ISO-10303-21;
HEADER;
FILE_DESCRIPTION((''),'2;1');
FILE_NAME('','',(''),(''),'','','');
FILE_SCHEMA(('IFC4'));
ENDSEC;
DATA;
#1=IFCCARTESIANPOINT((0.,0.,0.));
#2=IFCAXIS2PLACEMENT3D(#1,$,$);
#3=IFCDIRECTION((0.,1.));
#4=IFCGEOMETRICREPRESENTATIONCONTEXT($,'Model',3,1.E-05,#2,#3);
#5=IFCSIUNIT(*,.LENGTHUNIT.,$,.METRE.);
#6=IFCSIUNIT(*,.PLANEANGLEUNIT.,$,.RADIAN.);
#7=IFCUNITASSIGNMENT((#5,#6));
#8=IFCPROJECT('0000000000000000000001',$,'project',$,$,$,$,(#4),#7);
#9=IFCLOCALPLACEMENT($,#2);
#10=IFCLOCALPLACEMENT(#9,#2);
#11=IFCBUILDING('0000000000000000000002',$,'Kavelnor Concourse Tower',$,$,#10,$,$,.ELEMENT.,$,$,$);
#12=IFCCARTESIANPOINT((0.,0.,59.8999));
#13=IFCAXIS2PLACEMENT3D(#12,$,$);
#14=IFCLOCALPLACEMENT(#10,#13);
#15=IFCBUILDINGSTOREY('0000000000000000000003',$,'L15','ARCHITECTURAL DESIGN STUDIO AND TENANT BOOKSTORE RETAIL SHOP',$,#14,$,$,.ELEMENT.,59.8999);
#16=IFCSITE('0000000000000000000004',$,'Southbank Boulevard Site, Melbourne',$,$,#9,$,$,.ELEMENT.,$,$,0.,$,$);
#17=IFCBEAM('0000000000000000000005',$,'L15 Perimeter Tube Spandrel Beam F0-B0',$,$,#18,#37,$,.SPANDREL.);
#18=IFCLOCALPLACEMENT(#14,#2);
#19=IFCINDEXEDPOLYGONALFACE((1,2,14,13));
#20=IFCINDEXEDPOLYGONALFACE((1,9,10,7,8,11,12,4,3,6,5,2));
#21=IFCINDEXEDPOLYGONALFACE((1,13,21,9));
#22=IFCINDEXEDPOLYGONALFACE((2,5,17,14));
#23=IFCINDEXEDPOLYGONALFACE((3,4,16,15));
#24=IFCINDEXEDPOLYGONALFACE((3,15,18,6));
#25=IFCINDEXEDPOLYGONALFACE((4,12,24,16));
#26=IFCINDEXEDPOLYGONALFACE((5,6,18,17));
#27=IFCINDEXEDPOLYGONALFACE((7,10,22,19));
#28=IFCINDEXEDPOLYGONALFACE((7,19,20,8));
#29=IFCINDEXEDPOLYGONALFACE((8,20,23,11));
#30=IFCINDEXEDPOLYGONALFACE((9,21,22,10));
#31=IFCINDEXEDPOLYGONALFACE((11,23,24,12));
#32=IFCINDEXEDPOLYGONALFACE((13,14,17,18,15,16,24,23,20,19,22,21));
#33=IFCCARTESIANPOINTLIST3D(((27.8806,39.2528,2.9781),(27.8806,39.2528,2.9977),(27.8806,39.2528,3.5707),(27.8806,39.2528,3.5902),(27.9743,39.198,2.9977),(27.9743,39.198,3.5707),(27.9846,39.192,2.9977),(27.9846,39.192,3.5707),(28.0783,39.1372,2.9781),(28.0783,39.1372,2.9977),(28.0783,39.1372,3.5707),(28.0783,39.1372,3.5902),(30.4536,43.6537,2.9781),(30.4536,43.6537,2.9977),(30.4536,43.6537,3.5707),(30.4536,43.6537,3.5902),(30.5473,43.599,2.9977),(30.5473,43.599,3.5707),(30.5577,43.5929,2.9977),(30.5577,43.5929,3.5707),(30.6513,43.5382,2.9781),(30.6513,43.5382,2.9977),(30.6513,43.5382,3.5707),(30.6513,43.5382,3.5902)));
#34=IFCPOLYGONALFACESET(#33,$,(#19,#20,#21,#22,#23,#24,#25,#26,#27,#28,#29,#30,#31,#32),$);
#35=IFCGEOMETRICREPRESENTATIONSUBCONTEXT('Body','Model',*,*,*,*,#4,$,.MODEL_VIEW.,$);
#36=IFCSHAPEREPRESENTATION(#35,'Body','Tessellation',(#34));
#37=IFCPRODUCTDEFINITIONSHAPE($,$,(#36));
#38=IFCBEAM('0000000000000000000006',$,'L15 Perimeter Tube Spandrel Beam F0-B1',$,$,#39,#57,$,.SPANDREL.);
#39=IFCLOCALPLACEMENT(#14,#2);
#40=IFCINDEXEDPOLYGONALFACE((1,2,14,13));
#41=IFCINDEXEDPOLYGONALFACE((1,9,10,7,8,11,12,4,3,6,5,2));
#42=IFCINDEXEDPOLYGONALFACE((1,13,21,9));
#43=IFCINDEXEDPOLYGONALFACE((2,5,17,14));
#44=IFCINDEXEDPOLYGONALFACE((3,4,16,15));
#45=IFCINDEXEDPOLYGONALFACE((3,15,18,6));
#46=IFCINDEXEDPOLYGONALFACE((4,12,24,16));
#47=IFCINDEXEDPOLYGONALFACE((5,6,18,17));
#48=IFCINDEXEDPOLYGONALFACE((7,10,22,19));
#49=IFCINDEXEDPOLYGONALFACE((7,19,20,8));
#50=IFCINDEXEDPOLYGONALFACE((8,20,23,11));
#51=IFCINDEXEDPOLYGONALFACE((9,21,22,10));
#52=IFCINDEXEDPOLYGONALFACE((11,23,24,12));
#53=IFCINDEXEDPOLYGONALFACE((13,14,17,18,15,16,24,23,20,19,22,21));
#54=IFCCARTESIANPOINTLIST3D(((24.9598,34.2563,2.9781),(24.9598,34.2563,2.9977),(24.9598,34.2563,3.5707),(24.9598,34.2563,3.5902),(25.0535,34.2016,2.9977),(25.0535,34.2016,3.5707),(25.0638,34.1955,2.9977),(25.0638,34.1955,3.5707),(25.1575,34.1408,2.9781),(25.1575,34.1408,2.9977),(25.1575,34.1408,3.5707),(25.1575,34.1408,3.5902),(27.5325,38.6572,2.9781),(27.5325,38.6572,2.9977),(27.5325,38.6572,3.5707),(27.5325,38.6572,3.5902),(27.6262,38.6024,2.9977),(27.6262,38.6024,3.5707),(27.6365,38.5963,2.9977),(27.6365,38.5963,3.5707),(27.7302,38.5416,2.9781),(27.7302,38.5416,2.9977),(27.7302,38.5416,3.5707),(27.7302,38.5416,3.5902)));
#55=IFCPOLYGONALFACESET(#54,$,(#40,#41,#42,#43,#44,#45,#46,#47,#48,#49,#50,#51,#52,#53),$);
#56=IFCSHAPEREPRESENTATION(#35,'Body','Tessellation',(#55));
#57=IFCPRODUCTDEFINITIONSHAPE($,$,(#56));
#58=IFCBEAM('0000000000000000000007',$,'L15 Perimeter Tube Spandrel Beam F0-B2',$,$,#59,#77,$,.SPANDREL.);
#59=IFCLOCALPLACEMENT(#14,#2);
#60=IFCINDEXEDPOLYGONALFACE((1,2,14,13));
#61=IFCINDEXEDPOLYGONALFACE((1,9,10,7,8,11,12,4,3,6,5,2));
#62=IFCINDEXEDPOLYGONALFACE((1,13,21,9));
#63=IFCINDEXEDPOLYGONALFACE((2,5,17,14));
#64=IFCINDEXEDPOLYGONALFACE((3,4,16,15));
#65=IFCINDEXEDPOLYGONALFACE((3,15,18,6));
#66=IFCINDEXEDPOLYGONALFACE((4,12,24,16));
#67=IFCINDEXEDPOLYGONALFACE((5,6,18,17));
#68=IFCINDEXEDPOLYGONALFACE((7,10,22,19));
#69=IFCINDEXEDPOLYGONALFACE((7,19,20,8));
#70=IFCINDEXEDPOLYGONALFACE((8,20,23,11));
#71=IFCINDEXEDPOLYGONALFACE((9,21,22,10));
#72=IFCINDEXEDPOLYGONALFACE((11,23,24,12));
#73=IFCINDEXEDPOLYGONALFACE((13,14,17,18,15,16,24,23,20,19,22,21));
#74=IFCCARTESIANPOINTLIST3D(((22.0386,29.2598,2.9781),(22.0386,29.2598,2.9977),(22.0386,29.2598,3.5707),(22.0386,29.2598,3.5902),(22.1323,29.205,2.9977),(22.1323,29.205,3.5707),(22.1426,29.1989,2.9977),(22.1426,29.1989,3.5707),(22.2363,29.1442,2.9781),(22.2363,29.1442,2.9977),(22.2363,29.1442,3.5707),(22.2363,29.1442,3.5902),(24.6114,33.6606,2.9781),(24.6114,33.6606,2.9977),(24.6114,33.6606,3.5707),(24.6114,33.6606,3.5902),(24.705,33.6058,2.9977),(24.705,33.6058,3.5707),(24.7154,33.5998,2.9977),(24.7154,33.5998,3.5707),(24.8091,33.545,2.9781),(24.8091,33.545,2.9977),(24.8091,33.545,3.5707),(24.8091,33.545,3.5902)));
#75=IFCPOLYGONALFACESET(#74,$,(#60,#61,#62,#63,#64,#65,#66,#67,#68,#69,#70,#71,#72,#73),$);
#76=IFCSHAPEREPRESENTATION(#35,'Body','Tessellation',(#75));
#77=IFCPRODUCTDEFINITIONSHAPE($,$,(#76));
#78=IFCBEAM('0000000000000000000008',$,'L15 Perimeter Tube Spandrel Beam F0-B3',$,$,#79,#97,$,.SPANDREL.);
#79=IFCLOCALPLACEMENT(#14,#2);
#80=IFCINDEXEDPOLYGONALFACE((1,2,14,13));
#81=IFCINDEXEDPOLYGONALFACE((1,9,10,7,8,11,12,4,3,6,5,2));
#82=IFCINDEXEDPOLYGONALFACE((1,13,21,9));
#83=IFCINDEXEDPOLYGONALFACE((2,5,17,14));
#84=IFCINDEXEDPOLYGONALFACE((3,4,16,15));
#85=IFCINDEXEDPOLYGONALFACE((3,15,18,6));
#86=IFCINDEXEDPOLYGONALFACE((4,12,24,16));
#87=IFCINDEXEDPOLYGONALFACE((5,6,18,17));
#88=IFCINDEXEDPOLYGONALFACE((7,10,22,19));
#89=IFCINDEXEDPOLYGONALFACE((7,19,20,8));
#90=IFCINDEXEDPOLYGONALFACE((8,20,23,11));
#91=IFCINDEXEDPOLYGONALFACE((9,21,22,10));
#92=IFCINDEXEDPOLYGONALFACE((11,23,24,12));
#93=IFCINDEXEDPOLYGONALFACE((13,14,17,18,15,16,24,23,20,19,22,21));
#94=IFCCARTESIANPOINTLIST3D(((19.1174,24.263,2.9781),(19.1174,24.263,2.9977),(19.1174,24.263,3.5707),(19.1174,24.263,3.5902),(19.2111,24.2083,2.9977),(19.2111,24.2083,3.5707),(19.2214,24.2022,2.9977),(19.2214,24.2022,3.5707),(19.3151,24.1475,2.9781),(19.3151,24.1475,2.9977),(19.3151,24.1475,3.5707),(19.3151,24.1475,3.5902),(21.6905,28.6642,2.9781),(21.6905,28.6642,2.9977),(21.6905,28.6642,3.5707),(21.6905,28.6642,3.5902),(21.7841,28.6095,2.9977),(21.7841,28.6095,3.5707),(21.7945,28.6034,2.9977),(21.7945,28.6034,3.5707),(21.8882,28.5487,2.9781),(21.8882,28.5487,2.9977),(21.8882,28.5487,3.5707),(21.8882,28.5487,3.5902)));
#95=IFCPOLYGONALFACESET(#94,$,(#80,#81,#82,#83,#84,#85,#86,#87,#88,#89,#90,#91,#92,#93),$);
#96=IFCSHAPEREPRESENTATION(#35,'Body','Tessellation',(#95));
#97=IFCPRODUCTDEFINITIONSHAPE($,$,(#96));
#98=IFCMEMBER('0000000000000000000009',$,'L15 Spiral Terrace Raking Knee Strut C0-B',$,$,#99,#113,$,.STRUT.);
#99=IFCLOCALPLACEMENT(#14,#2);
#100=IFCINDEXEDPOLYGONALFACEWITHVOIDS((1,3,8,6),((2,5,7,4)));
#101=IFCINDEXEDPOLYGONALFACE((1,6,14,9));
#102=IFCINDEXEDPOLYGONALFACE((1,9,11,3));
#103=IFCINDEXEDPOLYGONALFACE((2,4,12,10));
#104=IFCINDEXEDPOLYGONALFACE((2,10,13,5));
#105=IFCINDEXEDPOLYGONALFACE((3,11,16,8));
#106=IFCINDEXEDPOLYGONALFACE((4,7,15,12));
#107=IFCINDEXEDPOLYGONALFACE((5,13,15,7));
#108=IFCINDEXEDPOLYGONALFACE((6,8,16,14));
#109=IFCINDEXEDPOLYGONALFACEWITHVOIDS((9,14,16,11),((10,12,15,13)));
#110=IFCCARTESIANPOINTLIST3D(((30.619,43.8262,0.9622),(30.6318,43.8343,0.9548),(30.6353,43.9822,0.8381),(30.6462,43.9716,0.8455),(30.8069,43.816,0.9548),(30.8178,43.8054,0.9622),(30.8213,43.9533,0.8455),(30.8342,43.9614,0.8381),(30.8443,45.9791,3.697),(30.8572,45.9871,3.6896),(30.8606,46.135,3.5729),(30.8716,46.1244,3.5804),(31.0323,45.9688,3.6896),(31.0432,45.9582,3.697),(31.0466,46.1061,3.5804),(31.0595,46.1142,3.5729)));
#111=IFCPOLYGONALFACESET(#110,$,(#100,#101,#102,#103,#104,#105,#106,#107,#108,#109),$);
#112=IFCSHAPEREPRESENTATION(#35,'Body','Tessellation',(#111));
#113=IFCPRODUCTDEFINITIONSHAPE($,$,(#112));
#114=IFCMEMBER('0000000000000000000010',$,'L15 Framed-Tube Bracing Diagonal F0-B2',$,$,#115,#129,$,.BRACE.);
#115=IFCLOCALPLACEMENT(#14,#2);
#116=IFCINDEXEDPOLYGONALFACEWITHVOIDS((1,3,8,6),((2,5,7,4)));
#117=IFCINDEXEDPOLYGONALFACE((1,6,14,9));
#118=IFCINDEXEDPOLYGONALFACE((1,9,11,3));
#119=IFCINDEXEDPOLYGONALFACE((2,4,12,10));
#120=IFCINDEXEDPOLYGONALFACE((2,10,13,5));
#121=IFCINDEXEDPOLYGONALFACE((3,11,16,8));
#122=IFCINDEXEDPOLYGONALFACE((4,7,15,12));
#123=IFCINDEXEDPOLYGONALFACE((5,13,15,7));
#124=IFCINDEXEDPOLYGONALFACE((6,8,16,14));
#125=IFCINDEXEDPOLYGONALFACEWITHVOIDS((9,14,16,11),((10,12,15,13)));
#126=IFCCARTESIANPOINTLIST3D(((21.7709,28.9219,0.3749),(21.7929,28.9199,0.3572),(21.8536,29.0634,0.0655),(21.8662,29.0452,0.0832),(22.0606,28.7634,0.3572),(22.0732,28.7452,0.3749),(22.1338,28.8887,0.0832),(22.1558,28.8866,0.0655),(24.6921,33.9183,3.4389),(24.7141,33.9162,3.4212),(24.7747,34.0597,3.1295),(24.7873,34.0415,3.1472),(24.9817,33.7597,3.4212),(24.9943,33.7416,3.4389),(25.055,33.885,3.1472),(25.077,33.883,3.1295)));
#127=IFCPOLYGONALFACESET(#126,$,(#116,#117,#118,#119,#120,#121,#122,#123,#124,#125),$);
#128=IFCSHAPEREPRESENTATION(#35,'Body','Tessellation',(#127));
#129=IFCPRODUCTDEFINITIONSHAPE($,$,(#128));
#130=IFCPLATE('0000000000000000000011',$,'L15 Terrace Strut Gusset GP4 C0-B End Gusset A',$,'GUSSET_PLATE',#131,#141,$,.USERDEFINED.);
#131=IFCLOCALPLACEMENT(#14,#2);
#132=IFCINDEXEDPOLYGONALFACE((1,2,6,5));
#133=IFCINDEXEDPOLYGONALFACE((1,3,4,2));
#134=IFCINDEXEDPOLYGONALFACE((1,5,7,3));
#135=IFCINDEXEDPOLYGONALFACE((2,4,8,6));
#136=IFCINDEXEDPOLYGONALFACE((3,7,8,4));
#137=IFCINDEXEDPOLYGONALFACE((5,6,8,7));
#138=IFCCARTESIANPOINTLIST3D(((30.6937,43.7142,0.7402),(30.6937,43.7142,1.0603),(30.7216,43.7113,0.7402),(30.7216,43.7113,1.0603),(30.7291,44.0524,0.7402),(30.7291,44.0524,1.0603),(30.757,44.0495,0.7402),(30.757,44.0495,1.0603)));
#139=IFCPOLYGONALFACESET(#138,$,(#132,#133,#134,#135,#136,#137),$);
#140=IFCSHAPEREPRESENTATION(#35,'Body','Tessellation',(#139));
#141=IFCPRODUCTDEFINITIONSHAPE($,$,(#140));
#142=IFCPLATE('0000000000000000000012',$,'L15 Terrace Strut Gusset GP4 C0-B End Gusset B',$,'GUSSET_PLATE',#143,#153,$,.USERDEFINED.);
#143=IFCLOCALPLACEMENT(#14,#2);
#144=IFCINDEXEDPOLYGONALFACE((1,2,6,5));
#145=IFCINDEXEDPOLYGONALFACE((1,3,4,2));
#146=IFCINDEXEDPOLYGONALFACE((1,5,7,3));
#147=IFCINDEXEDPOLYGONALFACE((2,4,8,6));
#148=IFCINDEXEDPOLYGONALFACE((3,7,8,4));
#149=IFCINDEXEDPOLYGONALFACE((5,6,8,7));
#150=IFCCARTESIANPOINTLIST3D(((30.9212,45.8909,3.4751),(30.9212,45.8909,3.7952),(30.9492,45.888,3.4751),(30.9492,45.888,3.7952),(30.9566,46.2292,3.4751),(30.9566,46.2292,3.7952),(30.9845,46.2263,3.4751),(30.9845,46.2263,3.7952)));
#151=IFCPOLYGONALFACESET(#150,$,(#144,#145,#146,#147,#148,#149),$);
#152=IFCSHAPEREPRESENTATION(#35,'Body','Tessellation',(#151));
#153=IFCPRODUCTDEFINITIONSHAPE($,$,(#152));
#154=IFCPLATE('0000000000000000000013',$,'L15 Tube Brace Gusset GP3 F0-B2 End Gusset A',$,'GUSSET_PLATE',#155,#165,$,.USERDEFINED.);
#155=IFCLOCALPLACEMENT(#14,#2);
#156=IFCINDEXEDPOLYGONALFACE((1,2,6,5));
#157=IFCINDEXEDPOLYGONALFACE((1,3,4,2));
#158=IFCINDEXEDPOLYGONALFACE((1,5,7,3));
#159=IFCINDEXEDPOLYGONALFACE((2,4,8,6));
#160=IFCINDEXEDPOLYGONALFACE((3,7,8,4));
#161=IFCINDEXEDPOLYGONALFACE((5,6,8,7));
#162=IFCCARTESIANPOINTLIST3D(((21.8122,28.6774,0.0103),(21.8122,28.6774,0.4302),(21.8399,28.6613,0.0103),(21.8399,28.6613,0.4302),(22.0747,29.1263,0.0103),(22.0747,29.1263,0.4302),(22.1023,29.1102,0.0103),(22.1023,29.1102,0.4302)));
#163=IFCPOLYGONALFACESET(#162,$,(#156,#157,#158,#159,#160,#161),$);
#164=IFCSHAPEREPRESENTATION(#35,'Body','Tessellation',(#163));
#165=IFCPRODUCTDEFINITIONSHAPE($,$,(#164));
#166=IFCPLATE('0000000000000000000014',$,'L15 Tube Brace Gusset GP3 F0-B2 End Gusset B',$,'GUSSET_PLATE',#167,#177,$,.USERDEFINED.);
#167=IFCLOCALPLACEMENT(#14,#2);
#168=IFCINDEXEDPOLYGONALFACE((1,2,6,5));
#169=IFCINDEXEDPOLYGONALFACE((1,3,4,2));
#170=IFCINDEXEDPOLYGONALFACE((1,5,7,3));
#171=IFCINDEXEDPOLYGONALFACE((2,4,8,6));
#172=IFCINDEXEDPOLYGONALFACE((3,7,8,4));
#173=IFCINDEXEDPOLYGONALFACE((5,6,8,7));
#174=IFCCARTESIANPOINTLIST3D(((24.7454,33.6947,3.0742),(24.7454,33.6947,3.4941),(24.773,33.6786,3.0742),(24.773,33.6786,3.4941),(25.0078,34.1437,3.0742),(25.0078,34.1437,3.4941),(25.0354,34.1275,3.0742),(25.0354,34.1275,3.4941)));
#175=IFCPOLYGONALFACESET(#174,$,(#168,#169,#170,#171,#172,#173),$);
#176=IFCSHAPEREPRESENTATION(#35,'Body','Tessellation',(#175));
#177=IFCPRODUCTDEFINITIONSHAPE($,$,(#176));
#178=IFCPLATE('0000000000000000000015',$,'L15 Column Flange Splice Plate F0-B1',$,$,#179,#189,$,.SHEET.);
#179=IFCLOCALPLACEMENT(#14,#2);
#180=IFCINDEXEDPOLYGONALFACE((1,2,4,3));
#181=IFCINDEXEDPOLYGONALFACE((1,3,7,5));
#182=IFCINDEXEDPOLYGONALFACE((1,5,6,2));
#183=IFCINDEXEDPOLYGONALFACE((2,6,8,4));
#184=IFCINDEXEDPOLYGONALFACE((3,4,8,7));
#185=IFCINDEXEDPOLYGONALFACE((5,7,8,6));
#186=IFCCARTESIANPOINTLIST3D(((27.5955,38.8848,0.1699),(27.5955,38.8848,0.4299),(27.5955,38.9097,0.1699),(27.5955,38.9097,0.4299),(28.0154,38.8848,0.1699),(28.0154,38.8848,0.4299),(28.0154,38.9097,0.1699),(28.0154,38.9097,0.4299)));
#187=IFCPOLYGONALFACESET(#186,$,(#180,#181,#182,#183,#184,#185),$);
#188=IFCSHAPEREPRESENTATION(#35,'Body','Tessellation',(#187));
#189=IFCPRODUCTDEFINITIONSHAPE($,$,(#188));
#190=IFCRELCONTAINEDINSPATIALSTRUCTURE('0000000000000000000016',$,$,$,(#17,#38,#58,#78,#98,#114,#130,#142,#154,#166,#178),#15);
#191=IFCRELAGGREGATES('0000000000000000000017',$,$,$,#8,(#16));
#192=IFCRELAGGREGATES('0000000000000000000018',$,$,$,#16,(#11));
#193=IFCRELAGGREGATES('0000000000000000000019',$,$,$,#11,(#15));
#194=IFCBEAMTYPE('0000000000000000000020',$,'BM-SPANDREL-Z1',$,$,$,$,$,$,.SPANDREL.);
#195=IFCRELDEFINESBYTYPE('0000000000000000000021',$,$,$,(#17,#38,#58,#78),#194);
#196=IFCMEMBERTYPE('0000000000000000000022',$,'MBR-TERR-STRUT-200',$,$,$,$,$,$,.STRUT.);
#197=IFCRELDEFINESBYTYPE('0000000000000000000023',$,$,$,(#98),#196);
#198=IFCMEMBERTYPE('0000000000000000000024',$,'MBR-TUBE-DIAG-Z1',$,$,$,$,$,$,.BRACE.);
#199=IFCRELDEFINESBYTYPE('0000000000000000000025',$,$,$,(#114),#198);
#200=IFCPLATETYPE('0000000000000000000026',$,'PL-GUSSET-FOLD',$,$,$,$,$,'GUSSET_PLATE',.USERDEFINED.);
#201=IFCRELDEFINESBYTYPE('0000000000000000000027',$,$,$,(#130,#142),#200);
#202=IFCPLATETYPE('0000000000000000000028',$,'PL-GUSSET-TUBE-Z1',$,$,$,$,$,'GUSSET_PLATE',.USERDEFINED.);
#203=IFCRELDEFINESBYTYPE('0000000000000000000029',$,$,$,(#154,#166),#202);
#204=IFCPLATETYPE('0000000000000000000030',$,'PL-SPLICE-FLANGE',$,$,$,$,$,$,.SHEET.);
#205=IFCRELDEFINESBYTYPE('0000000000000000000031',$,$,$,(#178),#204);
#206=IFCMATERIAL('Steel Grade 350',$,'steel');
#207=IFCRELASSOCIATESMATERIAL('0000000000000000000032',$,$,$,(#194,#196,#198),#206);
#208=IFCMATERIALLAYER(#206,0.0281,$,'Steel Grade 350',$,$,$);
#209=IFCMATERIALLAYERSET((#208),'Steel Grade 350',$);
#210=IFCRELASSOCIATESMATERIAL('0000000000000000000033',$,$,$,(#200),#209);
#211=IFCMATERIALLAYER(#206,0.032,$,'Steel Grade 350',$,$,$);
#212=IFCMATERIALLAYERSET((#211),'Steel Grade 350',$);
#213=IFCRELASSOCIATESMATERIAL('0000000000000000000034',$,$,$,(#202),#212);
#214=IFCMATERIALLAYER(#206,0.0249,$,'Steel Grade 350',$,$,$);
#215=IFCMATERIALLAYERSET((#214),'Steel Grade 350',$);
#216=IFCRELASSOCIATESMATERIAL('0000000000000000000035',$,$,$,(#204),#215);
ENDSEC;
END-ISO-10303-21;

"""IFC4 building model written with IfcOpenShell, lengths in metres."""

from ifc_helpers import new_model, si_unit, direction, frame, origin, origin_2d, place, context, subcontext, project, spatial, rectangle, hollow_rectangle, i_section, extrude, material, layer, layer_set, material_profile, profile_set, type_object, element, save


model = new_model("IFC4")

# Units and contexts
model_context = context("Model", 3, precision=1e-05, world=origin(), true_north=direction((0.0, 1.0)))
body_context = subcontext(model_context, "Body", "Model", "MODEL_VIEW")
ifc_project = project(units=[si_unit("LENGTHUNIT", "METRE"), si_unit("PLANEANGLEUNIT", "RADIAN")], contexts=[model_context])

# Site, building, storey
site_placement = place(None, origin())
site = spatial("IfcSite", under=ifc_project, at=site_placement, Name="Southbank Boulevard Site, Melbourne", CompositionType="ELEMENT", RefElevation=0.0)
building_placement = place(site_placement, origin())
building = spatial("IfcBuilding", under=site, at=building_placement, Name="Kavelnor Concourse Tower", CompositionType="ELEMENT")
storey_placement = place(building_placement, frame((0.0, 0.0, 59.8999)))
storey = spatial("IfcBuildingStorey", under=building, at=storey_placement, Name="L15", Description="ARCHITECTURAL DESIGN STUDIO AND TENANT BOOKSTORE RETAIL SHOP", CompositionType="ELEMENT", Elevation=59.8999)

# Shared definitions
ifc_material_1 = material(Name="Steel Grade 350", Category="steel")

# Beams
ifc_material_profile_1 = material_profile(ifc_material_1, i_section(OverallWidth=0.229, OverallDepth=0.6121, WebThickness=0.012, FlangeThickness=0.0195, at=origin_2d()), Name="610UB125")
ifc_profile_set_1 = profile_set([ifc_material_profile_1], Name="Steel Grade 350")
beam_type_1 = type_object("IfcBeamType", Name="BM-SPANDREL-Z1", PredefinedType="SPANDREL", material=ifc_profile_set_1)
beam_1_placement = place(storey_placement, frame((30.5525, 43.5959, 3.2842), z_axis=(-0.504722, -0.863282, 0.0), x_axis=(0.863282, -0.504722, 0.0)))
element("IfcBeam", 1, at=beam_1_placement, inside=storey, type_object=beam_type_1, Name="L15 Perimeter Tube Spandrel Beam F0-B0", PredefinedType="SPANDREL", context=body_context, shape_type="SweptSolid", body=[
    extrude(i_section(OverallWidth=0.229, OverallDepth=0.6121, WebThickness=0.012, FlangeThickness=0.0195, at=origin_2d()), origin(), (0.0, 0.0, 1.0), 5.0979),
])
for number, where, z_axis, x_axis, name in (
    (2, (27.6313, 38.5994, 3.2842), (-0.504687, -0.863303, 0.0), (0.863303, -0.504687, 0.0), "L15 Perimeter Tube Spandrel Beam F0-B1"),
    (3, (24.7102, 33.6028, 3.2842), (-0.504687, -0.863303, 0.0), (0.863303, -0.504687, 0.0), "L15 Perimeter Tube Spandrel Beam F0-B2"),
):
    element("IfcBeam", number, at=place(storey_placement, frame(where, z_axis=z_axis, x_axis=x_axis)), inside=storey, type_object=beam_type_1, Name=name, PredefinedType="SPANDREL", context=body_context, shape_type="SweptSolid", body=[
        extrude(i_section(OverallWidth=0.229, OverallDepth=0.6121, WebThickness=0.012, FlangeThickness=0.0195, at=origin_2d()), origin(), (0.0, 0.0, 1.0), 5.0977),
    ])
beam_2_placement = place(storey_placement, frame((21.7893, 28.6064, 3.2842), z_axis=(-0.504702, -0.863294, 0.0), x_axis=(0.863294, -0.504702, 0.0)))
element("IfcBeam", 4, at=beam_2_placement, inside=storey, type_object=beam_type_1, Name="L15 Perimeter Tube Spandrel Beam F0-B3", PredefinedType="SPANDREL", context=body_context, shape_type="SweptSolid", body=[
    extrude(i_section(OverallWidth=0.229, OverallDepth=0.6121, WebThickness=0.012, FlangeThickness=0.0195, at=origin_2d()), origin(), (0.0, 0.0, 1.0), 5.0981),
])

# Members
ifc_material_profile_2 = material_profile(ifc_material_1, hollow_rectangle(XDim=0.2, YDim=0.2, WallThickness=0.012, at=origin_2d()), Name="SHS 200x200x12")
ifc_profile_set_2 = profile_set([ifc_material_profile_2], Name="Steel Grade 350")
member_type_1 = type_object("IfcMemberType", Name="MBR-TERR-STRUT-200", PredefinedType="STRUT", material=ifc_profile_set_2)
member_1_placement = place(storey_placement, frame((30.7266, 43.8938, 0.9001), z_axis=(0.064608, 0.617242, 0.784117), x_axis=(-0.994566, 0.104104, 0.0)))
element("IfcMember", 5, at=member_1_placement, inside=storey, type_object=member_type_1, Name="L15 Spiral Terrace Raking Knee Strut C0-B", PredefinedType="STRUT", context=body_context, shape_type="SweptSolid", body=[
    extrude(hollow_rectangle(XDim=0.2, YDim=0.2, WallThickness=0.012, at=origin_2d()), origin(), (0.0, 0.0, 1.0), 3.4878),
])
ifc_material_profile_3 = material_profile(ifc_material_1, hollow_rectangle(XDim=0.3501, YDim=0.3501, WallThickness=0.02, at=origin_2d()), Name="SHS 350x350x20")
ifc_profile_set_3 = profile_set([ifc_material_profile_3], Name="Steel Grade 350")
member_type_2 = type_object("IfcMemberType", Name="MBR-TUBE-DIAG-Z1", PredefinedType="BRACE", material=ifc_profile_set_3)
member_2_placement = place(storey_placement, frame((21.9634, 28.9043, 0.2202), z_axis=(0.44607, 0.762961, 0.46788), x_axis=(-0.863281, 0.504723, 0.0)))
element("IfcMember", 6, at=member_2_placement, inside=storey, type_object=member_type_2, Name="L15 Framed-Tube Bracing Diagonal F0-B2", PredefinedType="BRACE", context=body_context, shape_type="SweptSolid", body=[
    extrude(hollow_rectangle(XDim=0.3501, YDim=0.3501, WallThickness=0.02, at=origin_2d()), origin(), (0.0, 0.0, 1.0), 6.5486),
])

# Plates
ifc_layer_1 = layer(ifc_material_1, 0.0281, Name="Steel Grade 350")
ifc_layer_set_1 = layer_set([ifc_layer_1], Name="Steel Grade 350")
plate_type_1 = type_object("IfcPlateType", Name="PL-GUSSET-FOLD", ElementType="GUSSET_PLATE", PredefinedType="USERDEFINED", material=ifc_layer_set_1)
for number, where, z_axis, x_axis, name in (
    (7, (30.7253, 43.8818, 0.7402), (0.0, 0.0, 1.0), (0.104008, 0.994576, 0.0), "L15 Terrace Strut Gusset GP4 C0-B End Gusset A"),
    (8, (30.9529, 46.0586, 3.4751), (0.0, 0.0, 1.0), (0.104008, 0.994576, 0.0), "L15 Terrace Strut Gusset GP4 C0-B End Gusset B"),
):
    element("IfcPlate", number, at=place(storey_placement, frame(where, z_axis=z_axis, x_axis=x_axis)), inside=storey, type_object=plate_type_1, Name=name, ObjectType="GUSSET_PLATE", PredefinedType="USERDEFINED", context=body_context, shape_type="SweptSolid", body=[
        extrude(rectangle(XDim=0.3401, YDim=0.0281, at=origin_2d()), origin(), (0.0, 0.0, 1.0), 0.3201),
    ])
ifc_layer_2 = layer(ifc_material_1, 0.032, Name="Steel Grade 350")
ifc_layer_set_2 = layer_set([ifc_layer_2], Name="Steel Grade 350")
plate_type_2 = type_object("IfcPlateType", Name="PL-GUSSET-TUBE-Z1", ElementType="GUSSET_PLATE", PredefinedType="USERDEFINED", material=ifc_layer_set_2)
for number, where, z_axis, x_axis, name in (
    (9, (21.9573, 28.8938, 0.0103), (0.0, 0.0, 1.0), (0.504678, 0.863307, 0.0), "L15 Tube Brace Gusset GP3 F0-B2 End Gusset A"),
    (10, (24.8904, 33.9111, 3.0742), (0.0, 0.0, 1.0), (0.504678, 0.863307, 0.0), "L15 Tube Brace Gusset GP3 F0-B2 End Gusset B"),
):
    element("IfcPlate", number, at=place(storey_placement, frame(where, z_axis=z_axis, x_axis=x_axis)), inside=storey, type_object=plate_type_2, Name=name, ObjectType="GUSSET_PLATE", PredefinedType="USERDEFINED", context=body_context, shape_type="SweptSolid", body=[
        extrude(rectangle(XDim=0.52, YDim=0.032, at=origin_2d()), origin(), (0.0, 0.0, 1.0), 0.4199),
    ])
ifc_layer_3 = layer(ifc_material_1, 0.0249, Name="Steel Grade 350")
ifc_layer_set_3 = layer_set([ifc_layer_3], Name="Steel Grade 350")
plate_type_3 = type_object("IfcPlateType", Name="PL-SPLICE-FLANGE", PredefinedType="SHEET", material=ifc_layer_set_3)
for number, where, z_axis, x_axis, name in (
    (11, (27.8054, 38.8972, 0.1699), (0.0, 0.0, 1.0), (1.0, 0.0, 0.0), "L15 Column Flange Splice Plate F0-B1"),
):
    element("IfcPlate", number, at=place(storey_placement, frame(where, z_axis=z_axis, x_axis=x_axis)), inside=storey, type_object=plate_type_3, Name=name, PredefinedType="SHEET", context=body_context, shape_type="SweptSolid", body=[
        extrude(rectangle(XDim=0.4199, YDim=0.0249, at=origin_2d()), origin(), (0.0, 0.0, 1.0), 0.26),
    ])

save(model, "model.ifc")
